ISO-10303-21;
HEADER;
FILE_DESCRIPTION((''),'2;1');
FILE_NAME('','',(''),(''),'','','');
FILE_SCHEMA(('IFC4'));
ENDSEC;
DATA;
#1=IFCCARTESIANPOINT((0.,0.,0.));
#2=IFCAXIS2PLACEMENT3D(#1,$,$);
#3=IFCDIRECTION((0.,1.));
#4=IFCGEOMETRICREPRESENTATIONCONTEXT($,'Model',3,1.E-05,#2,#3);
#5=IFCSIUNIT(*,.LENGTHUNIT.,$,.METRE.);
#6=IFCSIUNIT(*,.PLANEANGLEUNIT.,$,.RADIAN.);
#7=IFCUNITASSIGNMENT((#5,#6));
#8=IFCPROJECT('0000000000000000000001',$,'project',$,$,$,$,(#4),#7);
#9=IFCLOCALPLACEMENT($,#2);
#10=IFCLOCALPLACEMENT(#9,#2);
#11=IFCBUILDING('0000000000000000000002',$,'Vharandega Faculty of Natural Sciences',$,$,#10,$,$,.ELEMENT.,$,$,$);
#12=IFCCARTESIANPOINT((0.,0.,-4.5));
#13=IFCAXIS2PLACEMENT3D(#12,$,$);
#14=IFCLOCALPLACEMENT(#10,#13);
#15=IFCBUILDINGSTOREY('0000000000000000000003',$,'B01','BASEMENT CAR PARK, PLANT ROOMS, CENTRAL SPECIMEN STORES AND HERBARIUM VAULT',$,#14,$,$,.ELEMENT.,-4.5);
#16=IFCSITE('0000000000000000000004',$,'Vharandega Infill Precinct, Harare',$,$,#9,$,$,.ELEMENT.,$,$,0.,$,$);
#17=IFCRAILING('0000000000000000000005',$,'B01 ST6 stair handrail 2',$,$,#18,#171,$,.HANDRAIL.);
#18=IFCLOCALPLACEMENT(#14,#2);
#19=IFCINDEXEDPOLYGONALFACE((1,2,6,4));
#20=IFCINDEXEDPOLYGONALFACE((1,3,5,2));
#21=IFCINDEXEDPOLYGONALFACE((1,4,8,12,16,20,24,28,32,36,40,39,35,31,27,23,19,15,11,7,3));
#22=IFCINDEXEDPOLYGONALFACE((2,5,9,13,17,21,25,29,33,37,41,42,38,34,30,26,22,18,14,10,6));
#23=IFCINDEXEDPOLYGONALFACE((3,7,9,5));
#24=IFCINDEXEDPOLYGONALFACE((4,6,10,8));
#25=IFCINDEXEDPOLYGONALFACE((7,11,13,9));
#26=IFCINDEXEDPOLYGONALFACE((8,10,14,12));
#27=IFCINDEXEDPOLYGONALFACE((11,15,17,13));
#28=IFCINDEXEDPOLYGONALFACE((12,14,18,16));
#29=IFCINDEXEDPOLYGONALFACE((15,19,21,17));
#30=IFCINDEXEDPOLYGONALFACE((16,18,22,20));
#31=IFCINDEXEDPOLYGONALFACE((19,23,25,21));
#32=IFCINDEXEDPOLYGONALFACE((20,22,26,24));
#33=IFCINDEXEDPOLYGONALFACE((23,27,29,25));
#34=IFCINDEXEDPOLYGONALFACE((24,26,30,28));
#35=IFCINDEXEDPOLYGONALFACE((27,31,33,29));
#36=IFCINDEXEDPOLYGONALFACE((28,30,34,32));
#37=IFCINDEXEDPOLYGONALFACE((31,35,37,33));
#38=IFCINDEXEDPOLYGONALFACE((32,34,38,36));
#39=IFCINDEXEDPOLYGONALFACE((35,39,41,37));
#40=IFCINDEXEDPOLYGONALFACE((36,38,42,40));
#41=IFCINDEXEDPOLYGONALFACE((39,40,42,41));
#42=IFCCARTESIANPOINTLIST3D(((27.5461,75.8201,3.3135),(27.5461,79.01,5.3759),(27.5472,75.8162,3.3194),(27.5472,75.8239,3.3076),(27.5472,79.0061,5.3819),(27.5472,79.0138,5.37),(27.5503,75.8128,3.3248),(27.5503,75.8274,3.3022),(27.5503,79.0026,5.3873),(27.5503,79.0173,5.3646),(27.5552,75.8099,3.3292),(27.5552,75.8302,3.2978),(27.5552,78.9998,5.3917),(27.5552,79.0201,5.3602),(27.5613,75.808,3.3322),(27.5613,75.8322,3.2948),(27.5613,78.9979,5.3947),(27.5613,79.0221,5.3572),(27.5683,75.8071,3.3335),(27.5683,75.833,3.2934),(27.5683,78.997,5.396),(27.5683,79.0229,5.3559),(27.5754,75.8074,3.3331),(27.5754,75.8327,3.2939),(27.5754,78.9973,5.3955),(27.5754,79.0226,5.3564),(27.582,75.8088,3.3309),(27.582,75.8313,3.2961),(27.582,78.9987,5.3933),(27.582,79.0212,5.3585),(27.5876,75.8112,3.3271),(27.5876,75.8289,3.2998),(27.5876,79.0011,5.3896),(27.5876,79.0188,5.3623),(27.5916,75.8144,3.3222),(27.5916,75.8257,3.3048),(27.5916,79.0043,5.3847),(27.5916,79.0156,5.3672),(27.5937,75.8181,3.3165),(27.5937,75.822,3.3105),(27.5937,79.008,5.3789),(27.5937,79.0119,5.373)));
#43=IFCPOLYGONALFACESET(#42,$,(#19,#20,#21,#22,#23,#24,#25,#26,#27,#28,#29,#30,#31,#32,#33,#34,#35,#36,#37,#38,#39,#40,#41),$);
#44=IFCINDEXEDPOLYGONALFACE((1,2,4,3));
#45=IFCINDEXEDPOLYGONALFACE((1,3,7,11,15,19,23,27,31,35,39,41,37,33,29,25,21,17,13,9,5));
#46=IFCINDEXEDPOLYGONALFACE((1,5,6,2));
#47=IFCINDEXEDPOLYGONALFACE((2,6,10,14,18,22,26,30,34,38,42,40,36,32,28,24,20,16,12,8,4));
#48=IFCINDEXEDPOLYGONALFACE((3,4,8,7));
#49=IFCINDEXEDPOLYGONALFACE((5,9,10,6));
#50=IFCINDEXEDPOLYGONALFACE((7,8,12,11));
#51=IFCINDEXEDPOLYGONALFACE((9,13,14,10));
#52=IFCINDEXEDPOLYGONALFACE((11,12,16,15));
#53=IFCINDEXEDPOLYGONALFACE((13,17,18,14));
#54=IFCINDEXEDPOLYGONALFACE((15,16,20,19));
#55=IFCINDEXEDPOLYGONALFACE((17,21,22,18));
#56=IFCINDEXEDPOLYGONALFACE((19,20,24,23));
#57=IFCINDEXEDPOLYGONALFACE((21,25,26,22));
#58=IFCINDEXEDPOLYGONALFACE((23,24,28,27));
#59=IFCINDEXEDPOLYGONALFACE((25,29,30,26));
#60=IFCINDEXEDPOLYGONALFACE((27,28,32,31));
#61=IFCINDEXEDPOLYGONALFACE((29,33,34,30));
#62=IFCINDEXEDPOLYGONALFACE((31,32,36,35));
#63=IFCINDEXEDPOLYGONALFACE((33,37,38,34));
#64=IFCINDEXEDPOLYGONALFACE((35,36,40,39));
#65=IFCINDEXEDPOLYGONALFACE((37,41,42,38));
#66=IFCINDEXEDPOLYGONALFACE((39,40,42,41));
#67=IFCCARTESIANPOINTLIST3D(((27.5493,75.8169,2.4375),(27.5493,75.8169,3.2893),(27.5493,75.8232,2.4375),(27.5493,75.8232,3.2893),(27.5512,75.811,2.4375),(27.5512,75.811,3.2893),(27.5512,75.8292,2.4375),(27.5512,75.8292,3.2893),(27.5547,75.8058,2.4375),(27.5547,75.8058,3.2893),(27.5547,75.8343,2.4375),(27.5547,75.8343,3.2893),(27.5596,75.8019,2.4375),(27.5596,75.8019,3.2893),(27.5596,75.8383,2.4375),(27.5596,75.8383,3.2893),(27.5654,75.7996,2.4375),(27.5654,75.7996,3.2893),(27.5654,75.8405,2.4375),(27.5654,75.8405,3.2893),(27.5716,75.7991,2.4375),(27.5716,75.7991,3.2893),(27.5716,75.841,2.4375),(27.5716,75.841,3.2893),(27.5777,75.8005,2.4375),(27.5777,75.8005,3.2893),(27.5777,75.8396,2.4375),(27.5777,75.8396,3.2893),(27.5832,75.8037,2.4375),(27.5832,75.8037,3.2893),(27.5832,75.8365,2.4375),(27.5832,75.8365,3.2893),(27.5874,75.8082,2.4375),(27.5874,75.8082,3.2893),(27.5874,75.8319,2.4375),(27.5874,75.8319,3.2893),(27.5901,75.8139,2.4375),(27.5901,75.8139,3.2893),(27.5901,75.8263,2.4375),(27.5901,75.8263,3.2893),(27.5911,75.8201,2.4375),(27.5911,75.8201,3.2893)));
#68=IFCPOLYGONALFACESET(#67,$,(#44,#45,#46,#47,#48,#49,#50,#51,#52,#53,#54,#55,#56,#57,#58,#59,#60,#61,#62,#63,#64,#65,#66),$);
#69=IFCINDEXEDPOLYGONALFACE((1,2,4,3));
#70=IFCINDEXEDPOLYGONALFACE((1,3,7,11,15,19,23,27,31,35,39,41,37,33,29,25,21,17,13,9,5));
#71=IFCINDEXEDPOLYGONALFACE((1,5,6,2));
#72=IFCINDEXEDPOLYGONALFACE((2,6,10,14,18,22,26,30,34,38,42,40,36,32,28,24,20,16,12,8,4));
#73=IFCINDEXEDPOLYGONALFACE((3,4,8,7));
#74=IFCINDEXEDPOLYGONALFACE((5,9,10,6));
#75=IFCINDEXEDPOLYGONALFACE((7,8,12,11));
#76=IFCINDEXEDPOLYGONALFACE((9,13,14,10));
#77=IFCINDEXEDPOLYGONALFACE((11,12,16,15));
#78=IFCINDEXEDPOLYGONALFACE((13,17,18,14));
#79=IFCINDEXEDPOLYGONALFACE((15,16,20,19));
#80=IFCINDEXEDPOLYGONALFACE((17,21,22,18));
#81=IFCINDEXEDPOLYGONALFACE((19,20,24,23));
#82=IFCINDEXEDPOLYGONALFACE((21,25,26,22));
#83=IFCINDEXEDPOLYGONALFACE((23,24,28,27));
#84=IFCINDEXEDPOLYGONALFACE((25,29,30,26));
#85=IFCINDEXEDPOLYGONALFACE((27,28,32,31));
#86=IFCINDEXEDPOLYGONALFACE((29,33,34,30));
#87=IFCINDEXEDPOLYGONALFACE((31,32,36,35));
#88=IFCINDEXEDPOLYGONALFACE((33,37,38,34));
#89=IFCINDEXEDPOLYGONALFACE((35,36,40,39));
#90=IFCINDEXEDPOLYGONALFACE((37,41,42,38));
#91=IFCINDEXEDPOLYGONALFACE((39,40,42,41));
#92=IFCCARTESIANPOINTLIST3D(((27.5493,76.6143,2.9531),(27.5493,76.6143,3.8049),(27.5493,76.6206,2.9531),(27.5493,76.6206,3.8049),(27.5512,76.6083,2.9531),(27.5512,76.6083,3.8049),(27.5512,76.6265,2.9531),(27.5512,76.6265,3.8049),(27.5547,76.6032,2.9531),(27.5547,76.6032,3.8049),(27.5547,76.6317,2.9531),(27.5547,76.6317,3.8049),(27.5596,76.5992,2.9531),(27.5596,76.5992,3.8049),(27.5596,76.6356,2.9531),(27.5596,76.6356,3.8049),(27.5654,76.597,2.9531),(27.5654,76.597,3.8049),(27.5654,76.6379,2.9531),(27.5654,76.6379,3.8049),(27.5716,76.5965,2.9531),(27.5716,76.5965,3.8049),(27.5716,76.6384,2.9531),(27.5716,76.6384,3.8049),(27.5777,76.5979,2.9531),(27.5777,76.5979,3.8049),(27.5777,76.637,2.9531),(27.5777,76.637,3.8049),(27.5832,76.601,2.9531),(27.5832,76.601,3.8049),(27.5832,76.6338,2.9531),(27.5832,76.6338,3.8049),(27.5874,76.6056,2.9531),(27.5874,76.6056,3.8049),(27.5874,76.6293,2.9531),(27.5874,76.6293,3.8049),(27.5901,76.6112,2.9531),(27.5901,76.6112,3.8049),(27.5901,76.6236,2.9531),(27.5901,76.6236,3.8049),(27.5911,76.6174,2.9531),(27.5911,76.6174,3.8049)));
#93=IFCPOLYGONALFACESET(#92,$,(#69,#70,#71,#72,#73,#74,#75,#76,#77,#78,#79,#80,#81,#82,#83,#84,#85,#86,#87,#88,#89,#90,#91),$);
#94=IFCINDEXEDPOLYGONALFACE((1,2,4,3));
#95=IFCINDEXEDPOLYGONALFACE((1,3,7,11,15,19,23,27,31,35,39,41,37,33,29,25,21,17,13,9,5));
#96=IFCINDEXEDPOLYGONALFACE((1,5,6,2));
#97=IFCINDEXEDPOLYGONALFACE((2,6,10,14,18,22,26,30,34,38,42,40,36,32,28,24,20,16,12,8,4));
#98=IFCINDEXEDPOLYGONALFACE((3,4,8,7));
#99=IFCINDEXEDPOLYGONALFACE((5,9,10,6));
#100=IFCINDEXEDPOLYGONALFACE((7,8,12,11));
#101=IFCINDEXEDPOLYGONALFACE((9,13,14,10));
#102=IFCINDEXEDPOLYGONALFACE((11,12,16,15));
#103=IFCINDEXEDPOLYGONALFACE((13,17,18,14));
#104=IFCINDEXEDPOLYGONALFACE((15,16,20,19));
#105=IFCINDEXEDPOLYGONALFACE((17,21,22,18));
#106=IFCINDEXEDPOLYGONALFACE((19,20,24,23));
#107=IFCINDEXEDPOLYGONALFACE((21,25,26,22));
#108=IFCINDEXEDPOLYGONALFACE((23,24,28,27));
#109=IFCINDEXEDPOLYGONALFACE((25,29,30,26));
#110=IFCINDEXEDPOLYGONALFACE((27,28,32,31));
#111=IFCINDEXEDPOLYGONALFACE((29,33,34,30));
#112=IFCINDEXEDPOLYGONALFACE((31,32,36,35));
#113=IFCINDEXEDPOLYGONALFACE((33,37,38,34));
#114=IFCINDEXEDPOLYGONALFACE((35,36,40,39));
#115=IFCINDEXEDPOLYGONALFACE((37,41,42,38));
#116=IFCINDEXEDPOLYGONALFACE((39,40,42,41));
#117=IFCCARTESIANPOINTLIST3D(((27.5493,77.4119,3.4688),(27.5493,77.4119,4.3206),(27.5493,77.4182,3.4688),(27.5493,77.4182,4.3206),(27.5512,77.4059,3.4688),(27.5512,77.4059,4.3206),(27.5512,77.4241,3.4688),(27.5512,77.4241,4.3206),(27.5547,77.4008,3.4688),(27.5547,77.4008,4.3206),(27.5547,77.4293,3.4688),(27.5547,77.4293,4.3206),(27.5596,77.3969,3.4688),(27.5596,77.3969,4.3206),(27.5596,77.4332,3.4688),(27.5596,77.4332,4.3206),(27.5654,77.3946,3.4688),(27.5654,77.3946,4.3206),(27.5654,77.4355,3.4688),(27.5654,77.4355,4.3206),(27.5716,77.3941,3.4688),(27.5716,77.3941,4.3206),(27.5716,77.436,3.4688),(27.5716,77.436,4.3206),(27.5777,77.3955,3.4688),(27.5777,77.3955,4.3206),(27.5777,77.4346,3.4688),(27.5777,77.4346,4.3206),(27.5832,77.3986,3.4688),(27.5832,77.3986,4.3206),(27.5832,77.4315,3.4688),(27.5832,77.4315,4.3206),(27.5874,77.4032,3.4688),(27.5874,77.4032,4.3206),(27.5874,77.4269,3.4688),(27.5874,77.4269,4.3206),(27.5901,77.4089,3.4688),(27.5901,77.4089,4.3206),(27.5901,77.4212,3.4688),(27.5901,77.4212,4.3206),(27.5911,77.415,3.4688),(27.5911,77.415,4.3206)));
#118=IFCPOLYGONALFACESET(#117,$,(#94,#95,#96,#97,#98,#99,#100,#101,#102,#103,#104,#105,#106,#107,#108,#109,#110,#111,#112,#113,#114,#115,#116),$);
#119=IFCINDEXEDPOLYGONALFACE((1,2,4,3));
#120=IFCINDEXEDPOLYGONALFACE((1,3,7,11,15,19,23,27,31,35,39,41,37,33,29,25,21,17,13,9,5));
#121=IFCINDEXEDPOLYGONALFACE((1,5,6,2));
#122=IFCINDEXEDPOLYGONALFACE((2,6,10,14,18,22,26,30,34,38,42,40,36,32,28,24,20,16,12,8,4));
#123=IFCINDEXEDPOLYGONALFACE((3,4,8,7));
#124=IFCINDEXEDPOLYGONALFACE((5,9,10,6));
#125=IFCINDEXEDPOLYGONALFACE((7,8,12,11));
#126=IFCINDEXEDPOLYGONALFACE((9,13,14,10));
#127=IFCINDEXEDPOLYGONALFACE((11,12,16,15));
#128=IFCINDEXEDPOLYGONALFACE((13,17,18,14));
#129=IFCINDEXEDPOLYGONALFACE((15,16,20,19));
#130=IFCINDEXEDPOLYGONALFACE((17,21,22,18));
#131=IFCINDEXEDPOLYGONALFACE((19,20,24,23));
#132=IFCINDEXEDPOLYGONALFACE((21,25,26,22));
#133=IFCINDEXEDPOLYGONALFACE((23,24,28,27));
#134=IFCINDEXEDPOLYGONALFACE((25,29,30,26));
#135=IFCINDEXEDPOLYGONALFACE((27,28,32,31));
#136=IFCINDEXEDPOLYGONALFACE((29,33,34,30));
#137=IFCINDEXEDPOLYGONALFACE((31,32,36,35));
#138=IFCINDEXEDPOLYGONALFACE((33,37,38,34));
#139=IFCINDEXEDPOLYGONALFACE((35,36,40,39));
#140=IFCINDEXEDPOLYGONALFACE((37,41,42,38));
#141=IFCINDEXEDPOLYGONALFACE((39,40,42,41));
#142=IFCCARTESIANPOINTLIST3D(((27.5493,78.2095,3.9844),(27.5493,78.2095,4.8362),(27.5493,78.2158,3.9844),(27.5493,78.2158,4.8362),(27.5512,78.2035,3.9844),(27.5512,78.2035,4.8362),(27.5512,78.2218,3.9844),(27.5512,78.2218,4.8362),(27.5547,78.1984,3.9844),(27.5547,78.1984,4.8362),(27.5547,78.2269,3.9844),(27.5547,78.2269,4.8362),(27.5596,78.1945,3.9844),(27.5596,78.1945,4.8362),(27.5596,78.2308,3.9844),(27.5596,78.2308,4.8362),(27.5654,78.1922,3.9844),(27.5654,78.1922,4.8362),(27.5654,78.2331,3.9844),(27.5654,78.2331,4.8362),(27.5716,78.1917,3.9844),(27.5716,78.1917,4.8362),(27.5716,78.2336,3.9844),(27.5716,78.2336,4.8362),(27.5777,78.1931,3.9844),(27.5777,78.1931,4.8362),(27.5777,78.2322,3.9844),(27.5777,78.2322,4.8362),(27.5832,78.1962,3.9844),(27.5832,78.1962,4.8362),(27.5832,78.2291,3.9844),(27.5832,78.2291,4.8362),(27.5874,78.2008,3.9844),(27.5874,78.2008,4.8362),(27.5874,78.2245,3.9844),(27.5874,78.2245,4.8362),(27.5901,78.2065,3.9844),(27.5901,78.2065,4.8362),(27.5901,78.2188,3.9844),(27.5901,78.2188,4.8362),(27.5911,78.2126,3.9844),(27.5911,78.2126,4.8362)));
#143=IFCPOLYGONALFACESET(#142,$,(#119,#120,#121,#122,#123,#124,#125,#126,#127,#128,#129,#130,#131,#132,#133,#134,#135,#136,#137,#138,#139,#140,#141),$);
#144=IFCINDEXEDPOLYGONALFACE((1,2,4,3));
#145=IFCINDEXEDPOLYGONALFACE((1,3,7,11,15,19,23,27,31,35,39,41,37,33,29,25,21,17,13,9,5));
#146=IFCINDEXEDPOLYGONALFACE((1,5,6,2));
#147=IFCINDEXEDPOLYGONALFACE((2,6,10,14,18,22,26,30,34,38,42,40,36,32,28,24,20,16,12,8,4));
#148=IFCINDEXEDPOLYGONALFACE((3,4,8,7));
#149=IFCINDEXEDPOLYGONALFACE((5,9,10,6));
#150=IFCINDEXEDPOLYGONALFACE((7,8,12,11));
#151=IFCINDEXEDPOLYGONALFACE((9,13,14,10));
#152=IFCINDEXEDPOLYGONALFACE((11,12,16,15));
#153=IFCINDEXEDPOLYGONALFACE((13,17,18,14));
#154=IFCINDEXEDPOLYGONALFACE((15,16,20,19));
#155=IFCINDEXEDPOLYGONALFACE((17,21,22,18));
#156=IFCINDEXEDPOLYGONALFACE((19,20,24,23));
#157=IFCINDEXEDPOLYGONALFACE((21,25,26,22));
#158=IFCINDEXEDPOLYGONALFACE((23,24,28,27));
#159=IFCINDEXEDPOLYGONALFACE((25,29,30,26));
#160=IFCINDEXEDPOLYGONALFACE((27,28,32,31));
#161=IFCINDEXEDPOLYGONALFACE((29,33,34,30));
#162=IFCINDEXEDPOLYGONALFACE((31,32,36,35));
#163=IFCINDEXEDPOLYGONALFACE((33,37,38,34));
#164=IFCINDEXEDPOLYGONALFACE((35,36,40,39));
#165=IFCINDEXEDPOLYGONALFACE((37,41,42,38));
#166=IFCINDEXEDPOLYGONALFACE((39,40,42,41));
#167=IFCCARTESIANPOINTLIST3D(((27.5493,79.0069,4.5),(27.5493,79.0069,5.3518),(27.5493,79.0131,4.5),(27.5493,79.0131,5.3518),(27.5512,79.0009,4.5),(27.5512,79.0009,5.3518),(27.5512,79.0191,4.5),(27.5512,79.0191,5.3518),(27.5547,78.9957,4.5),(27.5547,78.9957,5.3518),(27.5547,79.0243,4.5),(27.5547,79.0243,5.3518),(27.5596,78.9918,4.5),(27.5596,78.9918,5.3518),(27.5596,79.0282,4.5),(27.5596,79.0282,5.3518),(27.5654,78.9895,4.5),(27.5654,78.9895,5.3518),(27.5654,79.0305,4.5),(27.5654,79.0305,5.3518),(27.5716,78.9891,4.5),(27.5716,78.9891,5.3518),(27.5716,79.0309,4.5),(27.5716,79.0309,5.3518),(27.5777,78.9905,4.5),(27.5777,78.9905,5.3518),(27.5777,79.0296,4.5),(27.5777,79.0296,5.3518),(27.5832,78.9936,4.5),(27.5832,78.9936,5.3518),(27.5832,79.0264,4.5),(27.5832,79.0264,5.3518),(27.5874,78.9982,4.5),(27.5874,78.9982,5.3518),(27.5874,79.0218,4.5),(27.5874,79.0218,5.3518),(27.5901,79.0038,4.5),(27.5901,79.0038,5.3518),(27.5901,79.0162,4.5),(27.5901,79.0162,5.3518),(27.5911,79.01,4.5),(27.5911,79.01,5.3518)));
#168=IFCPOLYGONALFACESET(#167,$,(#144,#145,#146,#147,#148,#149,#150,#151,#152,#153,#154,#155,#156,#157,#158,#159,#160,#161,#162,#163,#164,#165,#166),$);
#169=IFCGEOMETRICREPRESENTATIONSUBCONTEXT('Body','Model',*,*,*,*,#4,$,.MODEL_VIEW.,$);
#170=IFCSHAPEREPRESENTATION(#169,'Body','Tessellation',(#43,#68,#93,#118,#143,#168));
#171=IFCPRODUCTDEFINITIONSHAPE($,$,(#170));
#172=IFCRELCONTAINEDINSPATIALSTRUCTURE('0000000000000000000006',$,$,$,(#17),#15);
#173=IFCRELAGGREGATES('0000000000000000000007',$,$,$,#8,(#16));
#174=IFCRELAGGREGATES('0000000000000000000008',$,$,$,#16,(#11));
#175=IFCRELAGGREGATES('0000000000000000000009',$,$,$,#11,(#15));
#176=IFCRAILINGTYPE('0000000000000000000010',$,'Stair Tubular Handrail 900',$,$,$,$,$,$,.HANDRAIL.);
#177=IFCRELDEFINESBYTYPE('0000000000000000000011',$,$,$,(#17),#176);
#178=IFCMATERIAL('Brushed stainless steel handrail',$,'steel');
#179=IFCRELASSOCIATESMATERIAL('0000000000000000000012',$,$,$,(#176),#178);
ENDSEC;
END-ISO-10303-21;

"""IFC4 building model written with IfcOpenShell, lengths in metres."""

from ifc_helpers import new_model, si_unit, direction, frame, origin, origin_2d, place, context, subcontext, project, spatial, circle, extrude, material, type_object, element, save


model = new_model("IFC4")

# Units and contexts
model_context = context("Model", 3, precision=1e-05, world=origin(), true_north=direction((0.0, 1.0)))
body_context = subcontext(model_context, "Body", "Model", "MODEL_VIEW")
ifc_project = project(units=[si_unit("LENGTHUNIT", "METRE"), si_unit("PLANEANGLEUNIT", "RADIAN")], contexts=[model_context])

# Site, building, storey
site_placement = place(None, origin())
site = spatial("IfcSite", under=ifc_project, at=site_placement, Name="Vharandega Infill Precinct, Harare", CompositionType="ELEMENT", RefElevation=0.0)
building_placement = place(site_placement, origin())
building = spatial("IfcBuilding", under=site, at=building_placement, Name="Vharandega Faculty of Natural Sciences", CompositionType="ELEMENT")
storey_placement = place(building_placement, frame((0.0, 0.0, -4.5)))
storey = spatial("IfcBuildingStorey", under=building, at=storey_placement, Name="B01", Description="BASEMENT CAR PARK, PLANT ROOMS, CENTRAL SPECIMEN STORES AND HERBARIUM VAULT", CompositionType="ELEMENT", Elevation=-4.5)

# Railing
ifc_material_1 = material(Name="Brushed stainless steel handrail", Category="steel")
railing_type_1 = type_object("IfcRailingType", Name="Stair Tubular Handrail 900", PredefinedType="HANDRAIL", material=ifc_material_1)
railing_1_placement = place(storey_placement, frame((27.5701, 75.8201, 2.4375)))
element("IfcRailing", 1, at=railing_1_placement, inside=storey, type_object=railing_type_1, Name="B01 ST6 stair handrail 2", PredefinedType="HANDRAIL", context=body_context, shape_type="SweptSolid", body=[
    extrude(circle(Radius=0.0239, at=origin_2d()), frame((0.0, 0.0, 0.876), z_axis=(0.0, 0.83976, 0.542958), x_axis=(-1.0, 0.0, 0.0)), (0.0, 0.0, 1.0), 3.7986),
    extrude(circle(Radius=0.021, at=origin_2d()), origin(), (0.0, 0.0, 1.0), 0.8518),
    extrude(circle(Radius=0.021, at=origin_2d()), frame((0.0, 0.7974, 0.5156)), (0.0, 0.0, 1.0), 0.8518),
    extrude(circle(Radius=0.021, at=origin_2d()), frame((0.0, 1.595, 1.0312)), (0.0, 0.0, 1.0), 0.8518),
    extrude(circle(Radius=0.021, at=origin_2d()), frame((0.0, 2.3926, 1.5469)), (0.0, 0.0, 1.0), 0.8518),
    extrude(circle(Radius=0.021, at=origin_2d()), frame((0.0, 3.1899, 2.0625)), (0.0, 0.0, 1.0), 0.8518),
])

save(model, "model.ifc")
